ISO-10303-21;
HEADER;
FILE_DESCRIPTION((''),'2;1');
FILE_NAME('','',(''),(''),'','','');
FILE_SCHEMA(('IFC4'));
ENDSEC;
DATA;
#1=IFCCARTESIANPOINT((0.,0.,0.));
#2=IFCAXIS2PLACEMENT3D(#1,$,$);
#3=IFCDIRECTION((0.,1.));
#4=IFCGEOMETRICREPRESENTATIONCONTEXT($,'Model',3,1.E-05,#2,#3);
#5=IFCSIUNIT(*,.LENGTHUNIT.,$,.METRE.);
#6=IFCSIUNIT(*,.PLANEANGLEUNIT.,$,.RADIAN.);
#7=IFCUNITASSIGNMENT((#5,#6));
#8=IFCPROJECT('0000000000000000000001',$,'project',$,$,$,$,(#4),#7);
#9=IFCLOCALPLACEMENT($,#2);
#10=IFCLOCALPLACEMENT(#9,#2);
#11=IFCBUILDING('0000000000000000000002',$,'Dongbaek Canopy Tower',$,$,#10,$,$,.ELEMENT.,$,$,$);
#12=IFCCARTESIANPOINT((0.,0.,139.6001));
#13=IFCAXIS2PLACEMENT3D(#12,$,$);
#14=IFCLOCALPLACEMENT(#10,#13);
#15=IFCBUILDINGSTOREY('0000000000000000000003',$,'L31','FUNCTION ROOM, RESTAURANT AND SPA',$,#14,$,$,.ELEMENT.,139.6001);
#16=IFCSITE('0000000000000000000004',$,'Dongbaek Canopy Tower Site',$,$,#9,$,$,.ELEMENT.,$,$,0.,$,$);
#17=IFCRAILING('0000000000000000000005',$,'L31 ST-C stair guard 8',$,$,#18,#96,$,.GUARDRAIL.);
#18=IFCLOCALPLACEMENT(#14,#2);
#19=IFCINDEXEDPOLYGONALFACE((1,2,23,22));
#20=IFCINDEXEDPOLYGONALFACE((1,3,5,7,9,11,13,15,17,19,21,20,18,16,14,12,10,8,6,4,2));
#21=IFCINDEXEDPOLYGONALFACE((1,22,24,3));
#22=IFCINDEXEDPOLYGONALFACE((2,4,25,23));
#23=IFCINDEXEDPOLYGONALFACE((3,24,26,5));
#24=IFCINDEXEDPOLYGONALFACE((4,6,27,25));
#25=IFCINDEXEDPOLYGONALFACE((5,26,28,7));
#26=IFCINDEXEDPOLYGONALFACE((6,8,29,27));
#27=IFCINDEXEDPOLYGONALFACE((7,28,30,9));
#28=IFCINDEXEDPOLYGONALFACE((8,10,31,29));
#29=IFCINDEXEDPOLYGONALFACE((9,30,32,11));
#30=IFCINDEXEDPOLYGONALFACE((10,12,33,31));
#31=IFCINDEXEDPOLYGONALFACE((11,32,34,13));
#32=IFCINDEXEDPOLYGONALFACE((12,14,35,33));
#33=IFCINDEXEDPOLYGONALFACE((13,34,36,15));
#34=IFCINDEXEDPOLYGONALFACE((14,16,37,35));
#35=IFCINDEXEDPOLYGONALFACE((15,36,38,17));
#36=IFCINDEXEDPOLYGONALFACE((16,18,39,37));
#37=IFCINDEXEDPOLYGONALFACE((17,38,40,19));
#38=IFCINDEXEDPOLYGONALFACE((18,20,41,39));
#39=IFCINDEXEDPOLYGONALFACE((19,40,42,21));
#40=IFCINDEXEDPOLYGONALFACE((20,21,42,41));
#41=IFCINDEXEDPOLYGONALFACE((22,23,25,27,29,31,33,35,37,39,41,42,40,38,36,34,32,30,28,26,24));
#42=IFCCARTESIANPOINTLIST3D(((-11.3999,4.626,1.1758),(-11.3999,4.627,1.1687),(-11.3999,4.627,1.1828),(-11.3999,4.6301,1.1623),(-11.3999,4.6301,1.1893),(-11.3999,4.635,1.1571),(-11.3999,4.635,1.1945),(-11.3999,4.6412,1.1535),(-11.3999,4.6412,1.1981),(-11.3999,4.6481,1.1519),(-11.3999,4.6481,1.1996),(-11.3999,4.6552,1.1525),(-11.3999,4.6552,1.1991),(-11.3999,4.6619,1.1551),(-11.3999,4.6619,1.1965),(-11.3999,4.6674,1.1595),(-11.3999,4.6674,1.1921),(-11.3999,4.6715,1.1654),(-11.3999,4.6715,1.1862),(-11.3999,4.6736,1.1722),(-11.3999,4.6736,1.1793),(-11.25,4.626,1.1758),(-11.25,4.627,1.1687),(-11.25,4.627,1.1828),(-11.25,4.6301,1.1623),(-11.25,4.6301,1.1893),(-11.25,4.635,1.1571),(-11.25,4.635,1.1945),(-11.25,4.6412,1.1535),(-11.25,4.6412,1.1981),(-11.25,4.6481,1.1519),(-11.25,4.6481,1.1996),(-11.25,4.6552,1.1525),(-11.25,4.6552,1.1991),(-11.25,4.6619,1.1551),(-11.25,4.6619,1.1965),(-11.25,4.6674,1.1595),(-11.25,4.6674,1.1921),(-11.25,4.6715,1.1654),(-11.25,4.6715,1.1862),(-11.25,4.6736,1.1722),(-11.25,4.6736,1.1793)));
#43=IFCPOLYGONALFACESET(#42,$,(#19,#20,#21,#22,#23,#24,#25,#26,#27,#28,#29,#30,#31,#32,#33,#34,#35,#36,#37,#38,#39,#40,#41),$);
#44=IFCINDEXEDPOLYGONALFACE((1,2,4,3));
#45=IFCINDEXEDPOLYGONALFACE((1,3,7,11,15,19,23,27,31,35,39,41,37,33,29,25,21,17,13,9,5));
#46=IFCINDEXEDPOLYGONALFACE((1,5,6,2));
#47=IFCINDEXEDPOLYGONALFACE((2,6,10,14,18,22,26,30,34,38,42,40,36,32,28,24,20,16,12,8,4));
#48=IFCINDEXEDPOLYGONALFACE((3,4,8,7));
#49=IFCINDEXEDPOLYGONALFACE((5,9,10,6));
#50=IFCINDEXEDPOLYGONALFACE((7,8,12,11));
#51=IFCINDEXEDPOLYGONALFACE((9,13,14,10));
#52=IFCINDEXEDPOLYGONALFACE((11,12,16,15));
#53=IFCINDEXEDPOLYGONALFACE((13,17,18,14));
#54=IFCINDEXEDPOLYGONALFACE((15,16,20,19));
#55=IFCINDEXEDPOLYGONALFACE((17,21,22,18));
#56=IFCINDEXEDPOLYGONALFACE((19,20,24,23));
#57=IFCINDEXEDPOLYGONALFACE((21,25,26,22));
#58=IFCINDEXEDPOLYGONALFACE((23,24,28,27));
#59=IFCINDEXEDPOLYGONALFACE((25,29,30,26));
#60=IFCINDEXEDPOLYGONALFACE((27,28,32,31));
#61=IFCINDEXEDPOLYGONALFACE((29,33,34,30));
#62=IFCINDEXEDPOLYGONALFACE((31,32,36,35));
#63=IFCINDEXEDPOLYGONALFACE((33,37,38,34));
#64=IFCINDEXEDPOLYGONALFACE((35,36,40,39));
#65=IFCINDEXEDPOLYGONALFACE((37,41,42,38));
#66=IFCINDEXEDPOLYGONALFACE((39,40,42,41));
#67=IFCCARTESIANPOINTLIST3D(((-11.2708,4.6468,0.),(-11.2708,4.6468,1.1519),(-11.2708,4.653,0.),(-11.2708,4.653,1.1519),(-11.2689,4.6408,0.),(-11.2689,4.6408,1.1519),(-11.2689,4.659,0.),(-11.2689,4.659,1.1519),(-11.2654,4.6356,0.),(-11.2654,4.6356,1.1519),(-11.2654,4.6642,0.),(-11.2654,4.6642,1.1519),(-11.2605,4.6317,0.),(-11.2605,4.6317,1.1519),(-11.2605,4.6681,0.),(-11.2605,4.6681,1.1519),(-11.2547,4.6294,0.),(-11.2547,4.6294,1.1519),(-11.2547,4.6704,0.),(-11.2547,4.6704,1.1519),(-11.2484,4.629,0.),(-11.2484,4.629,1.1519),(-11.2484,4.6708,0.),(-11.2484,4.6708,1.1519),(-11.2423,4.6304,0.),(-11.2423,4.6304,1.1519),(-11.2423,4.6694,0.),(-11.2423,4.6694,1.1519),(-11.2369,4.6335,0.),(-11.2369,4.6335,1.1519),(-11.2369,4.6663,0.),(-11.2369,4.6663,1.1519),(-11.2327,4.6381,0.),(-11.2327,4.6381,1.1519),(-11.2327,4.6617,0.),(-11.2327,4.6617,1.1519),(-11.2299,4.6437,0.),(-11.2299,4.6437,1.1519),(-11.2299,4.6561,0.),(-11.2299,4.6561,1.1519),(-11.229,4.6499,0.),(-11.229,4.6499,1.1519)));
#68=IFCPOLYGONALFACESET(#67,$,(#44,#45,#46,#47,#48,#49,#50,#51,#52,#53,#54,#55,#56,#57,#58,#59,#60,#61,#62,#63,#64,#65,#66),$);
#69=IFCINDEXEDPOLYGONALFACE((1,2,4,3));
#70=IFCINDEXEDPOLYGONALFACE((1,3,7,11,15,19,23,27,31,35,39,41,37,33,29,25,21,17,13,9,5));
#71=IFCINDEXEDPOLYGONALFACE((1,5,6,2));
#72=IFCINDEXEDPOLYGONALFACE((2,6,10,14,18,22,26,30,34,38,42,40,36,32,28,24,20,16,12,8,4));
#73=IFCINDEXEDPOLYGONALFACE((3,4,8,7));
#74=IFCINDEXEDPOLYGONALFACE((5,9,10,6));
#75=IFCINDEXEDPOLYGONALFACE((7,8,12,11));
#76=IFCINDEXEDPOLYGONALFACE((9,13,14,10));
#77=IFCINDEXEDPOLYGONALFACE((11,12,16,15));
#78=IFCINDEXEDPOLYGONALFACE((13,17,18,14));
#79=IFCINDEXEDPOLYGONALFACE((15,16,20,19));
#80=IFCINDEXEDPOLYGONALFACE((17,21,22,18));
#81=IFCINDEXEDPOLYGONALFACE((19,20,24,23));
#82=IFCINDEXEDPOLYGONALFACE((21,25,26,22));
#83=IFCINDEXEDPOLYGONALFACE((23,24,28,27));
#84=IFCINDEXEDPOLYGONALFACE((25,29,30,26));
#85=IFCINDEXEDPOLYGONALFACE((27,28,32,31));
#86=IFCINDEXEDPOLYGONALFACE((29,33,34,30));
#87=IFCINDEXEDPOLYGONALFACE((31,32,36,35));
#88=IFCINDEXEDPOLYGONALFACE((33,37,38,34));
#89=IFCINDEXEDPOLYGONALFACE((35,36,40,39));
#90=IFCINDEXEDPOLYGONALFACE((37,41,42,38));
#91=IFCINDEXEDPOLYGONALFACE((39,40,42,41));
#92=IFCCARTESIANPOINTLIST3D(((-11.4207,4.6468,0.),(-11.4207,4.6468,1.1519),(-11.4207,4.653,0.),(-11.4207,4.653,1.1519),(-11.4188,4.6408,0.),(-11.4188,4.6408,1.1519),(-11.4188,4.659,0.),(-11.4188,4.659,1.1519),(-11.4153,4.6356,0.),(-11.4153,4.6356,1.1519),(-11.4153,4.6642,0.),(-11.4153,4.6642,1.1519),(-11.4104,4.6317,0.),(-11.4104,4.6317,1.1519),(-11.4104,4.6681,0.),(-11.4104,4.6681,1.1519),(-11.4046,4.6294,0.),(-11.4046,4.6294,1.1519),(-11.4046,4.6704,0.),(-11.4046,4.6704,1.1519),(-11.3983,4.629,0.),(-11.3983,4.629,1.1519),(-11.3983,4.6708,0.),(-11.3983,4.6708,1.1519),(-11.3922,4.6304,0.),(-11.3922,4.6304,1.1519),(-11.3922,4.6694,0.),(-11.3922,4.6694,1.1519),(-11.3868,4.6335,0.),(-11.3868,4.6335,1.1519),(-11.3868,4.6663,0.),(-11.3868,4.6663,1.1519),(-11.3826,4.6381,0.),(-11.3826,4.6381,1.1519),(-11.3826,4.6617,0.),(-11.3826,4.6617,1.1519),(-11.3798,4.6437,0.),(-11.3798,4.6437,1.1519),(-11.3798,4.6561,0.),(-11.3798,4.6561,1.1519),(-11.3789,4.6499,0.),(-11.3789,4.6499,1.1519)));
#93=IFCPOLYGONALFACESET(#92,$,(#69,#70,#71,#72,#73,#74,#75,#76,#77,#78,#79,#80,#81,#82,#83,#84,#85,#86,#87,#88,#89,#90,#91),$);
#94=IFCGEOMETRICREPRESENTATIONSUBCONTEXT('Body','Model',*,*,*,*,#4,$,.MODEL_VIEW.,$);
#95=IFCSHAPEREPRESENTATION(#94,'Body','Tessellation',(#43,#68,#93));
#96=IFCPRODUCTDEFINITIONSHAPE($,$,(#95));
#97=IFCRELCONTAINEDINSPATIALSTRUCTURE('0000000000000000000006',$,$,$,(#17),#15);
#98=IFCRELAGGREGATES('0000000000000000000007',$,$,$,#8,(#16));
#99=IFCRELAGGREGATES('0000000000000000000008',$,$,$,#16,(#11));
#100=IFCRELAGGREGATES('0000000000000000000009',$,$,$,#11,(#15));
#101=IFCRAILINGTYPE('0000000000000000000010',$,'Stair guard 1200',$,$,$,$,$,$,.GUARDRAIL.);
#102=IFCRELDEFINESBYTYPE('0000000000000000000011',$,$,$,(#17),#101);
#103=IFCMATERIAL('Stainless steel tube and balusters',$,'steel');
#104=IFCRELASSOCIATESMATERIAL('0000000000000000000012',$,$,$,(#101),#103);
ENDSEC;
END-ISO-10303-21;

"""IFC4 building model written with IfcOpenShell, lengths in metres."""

from ifc_helpers import new_model, si_unit, direction, frame, origin, origin_2d, place, context, subcontext, project, spatial, circle, extrude, material, type_object, element, save


model = new_model("IFC4")

# Units and contexts
model_context = context("Model", 3, precision=1e-05, world=origin(), true_north=direction((0.0, 1.0)))
body_context = subcontext(model_context, "Body", "Model", "MODEL_VIEW")
ifc_project = project(units=[si_unit("LENGTHUNIT", "METRE"), si_unit("PLANEANGLEUNIT", "RADIAN")], contexts=[model_context])

# Site, building, storey
site_placement = place(None, origin())
site = spatial("IfcSite", under=ifc_project, at=site_placement, Name="Dongbaek Canopy Tower Site", CompositionType="ELEMENT", RefElevation=0.0)
building_placement = place(site_placement, origin())
building = spatial("IfcBuilding", under=site, at=building_placement, Name="Dongbaek Canopy Tower", CompositionType="ELEMENT")
storey_placement = place(building_placement, frame((0.0, 0.0, 139.6001)))
storey = spatial("IfcBuildingStorey", under=building, at=storey_placement, Name="L31", Description="FUNCTION ROOM, RESTAURANT AND SPA", CompositionType="ELEMENT", Elevation=139.6001)

# Railing
ifc_material_1 = material(Name="Stainless steel tube and balusters", Category="steel")
railing_type_1 = type_object("IfcRailingType", Name="Stair guard 1200", PredefinedType="GUARDRAIL", material=ifc_material_1)
railing_1_placement = place(storey_placement, frame((-11.25, 4.6499, 0.0)))
element("IfcRailing", 1, at=railing_1_placement, inside=storey, type_object=railing_type_1, Name="L31 ST-C stair guard 8", PredefinedType="GUARDRAIL", context=body_context, shape_type="SweptSolid", body=[
    extrude(circle(Radius=0.0239, at=origin_2d()), frame((0.0, 0.0, 1.1758), z_axis=(-1.0, 0.0, 0.0), x_axis=(0.0, -1.0, 0.0)), (0.0, 0.0, 1.0), 0.1499),
    extrude(circle(Radius=0.021, at=origin_2d()), origin(), (0.0, 0.0, 1.0), 1.1519),
    extrude(circle(Radius=0.021, at=origin_2d()), frame((-0.1499, 0.0, 0.0)), (0.0, 0.0, 1.0), 1.1519),
])

save(model, "model.ifc")
